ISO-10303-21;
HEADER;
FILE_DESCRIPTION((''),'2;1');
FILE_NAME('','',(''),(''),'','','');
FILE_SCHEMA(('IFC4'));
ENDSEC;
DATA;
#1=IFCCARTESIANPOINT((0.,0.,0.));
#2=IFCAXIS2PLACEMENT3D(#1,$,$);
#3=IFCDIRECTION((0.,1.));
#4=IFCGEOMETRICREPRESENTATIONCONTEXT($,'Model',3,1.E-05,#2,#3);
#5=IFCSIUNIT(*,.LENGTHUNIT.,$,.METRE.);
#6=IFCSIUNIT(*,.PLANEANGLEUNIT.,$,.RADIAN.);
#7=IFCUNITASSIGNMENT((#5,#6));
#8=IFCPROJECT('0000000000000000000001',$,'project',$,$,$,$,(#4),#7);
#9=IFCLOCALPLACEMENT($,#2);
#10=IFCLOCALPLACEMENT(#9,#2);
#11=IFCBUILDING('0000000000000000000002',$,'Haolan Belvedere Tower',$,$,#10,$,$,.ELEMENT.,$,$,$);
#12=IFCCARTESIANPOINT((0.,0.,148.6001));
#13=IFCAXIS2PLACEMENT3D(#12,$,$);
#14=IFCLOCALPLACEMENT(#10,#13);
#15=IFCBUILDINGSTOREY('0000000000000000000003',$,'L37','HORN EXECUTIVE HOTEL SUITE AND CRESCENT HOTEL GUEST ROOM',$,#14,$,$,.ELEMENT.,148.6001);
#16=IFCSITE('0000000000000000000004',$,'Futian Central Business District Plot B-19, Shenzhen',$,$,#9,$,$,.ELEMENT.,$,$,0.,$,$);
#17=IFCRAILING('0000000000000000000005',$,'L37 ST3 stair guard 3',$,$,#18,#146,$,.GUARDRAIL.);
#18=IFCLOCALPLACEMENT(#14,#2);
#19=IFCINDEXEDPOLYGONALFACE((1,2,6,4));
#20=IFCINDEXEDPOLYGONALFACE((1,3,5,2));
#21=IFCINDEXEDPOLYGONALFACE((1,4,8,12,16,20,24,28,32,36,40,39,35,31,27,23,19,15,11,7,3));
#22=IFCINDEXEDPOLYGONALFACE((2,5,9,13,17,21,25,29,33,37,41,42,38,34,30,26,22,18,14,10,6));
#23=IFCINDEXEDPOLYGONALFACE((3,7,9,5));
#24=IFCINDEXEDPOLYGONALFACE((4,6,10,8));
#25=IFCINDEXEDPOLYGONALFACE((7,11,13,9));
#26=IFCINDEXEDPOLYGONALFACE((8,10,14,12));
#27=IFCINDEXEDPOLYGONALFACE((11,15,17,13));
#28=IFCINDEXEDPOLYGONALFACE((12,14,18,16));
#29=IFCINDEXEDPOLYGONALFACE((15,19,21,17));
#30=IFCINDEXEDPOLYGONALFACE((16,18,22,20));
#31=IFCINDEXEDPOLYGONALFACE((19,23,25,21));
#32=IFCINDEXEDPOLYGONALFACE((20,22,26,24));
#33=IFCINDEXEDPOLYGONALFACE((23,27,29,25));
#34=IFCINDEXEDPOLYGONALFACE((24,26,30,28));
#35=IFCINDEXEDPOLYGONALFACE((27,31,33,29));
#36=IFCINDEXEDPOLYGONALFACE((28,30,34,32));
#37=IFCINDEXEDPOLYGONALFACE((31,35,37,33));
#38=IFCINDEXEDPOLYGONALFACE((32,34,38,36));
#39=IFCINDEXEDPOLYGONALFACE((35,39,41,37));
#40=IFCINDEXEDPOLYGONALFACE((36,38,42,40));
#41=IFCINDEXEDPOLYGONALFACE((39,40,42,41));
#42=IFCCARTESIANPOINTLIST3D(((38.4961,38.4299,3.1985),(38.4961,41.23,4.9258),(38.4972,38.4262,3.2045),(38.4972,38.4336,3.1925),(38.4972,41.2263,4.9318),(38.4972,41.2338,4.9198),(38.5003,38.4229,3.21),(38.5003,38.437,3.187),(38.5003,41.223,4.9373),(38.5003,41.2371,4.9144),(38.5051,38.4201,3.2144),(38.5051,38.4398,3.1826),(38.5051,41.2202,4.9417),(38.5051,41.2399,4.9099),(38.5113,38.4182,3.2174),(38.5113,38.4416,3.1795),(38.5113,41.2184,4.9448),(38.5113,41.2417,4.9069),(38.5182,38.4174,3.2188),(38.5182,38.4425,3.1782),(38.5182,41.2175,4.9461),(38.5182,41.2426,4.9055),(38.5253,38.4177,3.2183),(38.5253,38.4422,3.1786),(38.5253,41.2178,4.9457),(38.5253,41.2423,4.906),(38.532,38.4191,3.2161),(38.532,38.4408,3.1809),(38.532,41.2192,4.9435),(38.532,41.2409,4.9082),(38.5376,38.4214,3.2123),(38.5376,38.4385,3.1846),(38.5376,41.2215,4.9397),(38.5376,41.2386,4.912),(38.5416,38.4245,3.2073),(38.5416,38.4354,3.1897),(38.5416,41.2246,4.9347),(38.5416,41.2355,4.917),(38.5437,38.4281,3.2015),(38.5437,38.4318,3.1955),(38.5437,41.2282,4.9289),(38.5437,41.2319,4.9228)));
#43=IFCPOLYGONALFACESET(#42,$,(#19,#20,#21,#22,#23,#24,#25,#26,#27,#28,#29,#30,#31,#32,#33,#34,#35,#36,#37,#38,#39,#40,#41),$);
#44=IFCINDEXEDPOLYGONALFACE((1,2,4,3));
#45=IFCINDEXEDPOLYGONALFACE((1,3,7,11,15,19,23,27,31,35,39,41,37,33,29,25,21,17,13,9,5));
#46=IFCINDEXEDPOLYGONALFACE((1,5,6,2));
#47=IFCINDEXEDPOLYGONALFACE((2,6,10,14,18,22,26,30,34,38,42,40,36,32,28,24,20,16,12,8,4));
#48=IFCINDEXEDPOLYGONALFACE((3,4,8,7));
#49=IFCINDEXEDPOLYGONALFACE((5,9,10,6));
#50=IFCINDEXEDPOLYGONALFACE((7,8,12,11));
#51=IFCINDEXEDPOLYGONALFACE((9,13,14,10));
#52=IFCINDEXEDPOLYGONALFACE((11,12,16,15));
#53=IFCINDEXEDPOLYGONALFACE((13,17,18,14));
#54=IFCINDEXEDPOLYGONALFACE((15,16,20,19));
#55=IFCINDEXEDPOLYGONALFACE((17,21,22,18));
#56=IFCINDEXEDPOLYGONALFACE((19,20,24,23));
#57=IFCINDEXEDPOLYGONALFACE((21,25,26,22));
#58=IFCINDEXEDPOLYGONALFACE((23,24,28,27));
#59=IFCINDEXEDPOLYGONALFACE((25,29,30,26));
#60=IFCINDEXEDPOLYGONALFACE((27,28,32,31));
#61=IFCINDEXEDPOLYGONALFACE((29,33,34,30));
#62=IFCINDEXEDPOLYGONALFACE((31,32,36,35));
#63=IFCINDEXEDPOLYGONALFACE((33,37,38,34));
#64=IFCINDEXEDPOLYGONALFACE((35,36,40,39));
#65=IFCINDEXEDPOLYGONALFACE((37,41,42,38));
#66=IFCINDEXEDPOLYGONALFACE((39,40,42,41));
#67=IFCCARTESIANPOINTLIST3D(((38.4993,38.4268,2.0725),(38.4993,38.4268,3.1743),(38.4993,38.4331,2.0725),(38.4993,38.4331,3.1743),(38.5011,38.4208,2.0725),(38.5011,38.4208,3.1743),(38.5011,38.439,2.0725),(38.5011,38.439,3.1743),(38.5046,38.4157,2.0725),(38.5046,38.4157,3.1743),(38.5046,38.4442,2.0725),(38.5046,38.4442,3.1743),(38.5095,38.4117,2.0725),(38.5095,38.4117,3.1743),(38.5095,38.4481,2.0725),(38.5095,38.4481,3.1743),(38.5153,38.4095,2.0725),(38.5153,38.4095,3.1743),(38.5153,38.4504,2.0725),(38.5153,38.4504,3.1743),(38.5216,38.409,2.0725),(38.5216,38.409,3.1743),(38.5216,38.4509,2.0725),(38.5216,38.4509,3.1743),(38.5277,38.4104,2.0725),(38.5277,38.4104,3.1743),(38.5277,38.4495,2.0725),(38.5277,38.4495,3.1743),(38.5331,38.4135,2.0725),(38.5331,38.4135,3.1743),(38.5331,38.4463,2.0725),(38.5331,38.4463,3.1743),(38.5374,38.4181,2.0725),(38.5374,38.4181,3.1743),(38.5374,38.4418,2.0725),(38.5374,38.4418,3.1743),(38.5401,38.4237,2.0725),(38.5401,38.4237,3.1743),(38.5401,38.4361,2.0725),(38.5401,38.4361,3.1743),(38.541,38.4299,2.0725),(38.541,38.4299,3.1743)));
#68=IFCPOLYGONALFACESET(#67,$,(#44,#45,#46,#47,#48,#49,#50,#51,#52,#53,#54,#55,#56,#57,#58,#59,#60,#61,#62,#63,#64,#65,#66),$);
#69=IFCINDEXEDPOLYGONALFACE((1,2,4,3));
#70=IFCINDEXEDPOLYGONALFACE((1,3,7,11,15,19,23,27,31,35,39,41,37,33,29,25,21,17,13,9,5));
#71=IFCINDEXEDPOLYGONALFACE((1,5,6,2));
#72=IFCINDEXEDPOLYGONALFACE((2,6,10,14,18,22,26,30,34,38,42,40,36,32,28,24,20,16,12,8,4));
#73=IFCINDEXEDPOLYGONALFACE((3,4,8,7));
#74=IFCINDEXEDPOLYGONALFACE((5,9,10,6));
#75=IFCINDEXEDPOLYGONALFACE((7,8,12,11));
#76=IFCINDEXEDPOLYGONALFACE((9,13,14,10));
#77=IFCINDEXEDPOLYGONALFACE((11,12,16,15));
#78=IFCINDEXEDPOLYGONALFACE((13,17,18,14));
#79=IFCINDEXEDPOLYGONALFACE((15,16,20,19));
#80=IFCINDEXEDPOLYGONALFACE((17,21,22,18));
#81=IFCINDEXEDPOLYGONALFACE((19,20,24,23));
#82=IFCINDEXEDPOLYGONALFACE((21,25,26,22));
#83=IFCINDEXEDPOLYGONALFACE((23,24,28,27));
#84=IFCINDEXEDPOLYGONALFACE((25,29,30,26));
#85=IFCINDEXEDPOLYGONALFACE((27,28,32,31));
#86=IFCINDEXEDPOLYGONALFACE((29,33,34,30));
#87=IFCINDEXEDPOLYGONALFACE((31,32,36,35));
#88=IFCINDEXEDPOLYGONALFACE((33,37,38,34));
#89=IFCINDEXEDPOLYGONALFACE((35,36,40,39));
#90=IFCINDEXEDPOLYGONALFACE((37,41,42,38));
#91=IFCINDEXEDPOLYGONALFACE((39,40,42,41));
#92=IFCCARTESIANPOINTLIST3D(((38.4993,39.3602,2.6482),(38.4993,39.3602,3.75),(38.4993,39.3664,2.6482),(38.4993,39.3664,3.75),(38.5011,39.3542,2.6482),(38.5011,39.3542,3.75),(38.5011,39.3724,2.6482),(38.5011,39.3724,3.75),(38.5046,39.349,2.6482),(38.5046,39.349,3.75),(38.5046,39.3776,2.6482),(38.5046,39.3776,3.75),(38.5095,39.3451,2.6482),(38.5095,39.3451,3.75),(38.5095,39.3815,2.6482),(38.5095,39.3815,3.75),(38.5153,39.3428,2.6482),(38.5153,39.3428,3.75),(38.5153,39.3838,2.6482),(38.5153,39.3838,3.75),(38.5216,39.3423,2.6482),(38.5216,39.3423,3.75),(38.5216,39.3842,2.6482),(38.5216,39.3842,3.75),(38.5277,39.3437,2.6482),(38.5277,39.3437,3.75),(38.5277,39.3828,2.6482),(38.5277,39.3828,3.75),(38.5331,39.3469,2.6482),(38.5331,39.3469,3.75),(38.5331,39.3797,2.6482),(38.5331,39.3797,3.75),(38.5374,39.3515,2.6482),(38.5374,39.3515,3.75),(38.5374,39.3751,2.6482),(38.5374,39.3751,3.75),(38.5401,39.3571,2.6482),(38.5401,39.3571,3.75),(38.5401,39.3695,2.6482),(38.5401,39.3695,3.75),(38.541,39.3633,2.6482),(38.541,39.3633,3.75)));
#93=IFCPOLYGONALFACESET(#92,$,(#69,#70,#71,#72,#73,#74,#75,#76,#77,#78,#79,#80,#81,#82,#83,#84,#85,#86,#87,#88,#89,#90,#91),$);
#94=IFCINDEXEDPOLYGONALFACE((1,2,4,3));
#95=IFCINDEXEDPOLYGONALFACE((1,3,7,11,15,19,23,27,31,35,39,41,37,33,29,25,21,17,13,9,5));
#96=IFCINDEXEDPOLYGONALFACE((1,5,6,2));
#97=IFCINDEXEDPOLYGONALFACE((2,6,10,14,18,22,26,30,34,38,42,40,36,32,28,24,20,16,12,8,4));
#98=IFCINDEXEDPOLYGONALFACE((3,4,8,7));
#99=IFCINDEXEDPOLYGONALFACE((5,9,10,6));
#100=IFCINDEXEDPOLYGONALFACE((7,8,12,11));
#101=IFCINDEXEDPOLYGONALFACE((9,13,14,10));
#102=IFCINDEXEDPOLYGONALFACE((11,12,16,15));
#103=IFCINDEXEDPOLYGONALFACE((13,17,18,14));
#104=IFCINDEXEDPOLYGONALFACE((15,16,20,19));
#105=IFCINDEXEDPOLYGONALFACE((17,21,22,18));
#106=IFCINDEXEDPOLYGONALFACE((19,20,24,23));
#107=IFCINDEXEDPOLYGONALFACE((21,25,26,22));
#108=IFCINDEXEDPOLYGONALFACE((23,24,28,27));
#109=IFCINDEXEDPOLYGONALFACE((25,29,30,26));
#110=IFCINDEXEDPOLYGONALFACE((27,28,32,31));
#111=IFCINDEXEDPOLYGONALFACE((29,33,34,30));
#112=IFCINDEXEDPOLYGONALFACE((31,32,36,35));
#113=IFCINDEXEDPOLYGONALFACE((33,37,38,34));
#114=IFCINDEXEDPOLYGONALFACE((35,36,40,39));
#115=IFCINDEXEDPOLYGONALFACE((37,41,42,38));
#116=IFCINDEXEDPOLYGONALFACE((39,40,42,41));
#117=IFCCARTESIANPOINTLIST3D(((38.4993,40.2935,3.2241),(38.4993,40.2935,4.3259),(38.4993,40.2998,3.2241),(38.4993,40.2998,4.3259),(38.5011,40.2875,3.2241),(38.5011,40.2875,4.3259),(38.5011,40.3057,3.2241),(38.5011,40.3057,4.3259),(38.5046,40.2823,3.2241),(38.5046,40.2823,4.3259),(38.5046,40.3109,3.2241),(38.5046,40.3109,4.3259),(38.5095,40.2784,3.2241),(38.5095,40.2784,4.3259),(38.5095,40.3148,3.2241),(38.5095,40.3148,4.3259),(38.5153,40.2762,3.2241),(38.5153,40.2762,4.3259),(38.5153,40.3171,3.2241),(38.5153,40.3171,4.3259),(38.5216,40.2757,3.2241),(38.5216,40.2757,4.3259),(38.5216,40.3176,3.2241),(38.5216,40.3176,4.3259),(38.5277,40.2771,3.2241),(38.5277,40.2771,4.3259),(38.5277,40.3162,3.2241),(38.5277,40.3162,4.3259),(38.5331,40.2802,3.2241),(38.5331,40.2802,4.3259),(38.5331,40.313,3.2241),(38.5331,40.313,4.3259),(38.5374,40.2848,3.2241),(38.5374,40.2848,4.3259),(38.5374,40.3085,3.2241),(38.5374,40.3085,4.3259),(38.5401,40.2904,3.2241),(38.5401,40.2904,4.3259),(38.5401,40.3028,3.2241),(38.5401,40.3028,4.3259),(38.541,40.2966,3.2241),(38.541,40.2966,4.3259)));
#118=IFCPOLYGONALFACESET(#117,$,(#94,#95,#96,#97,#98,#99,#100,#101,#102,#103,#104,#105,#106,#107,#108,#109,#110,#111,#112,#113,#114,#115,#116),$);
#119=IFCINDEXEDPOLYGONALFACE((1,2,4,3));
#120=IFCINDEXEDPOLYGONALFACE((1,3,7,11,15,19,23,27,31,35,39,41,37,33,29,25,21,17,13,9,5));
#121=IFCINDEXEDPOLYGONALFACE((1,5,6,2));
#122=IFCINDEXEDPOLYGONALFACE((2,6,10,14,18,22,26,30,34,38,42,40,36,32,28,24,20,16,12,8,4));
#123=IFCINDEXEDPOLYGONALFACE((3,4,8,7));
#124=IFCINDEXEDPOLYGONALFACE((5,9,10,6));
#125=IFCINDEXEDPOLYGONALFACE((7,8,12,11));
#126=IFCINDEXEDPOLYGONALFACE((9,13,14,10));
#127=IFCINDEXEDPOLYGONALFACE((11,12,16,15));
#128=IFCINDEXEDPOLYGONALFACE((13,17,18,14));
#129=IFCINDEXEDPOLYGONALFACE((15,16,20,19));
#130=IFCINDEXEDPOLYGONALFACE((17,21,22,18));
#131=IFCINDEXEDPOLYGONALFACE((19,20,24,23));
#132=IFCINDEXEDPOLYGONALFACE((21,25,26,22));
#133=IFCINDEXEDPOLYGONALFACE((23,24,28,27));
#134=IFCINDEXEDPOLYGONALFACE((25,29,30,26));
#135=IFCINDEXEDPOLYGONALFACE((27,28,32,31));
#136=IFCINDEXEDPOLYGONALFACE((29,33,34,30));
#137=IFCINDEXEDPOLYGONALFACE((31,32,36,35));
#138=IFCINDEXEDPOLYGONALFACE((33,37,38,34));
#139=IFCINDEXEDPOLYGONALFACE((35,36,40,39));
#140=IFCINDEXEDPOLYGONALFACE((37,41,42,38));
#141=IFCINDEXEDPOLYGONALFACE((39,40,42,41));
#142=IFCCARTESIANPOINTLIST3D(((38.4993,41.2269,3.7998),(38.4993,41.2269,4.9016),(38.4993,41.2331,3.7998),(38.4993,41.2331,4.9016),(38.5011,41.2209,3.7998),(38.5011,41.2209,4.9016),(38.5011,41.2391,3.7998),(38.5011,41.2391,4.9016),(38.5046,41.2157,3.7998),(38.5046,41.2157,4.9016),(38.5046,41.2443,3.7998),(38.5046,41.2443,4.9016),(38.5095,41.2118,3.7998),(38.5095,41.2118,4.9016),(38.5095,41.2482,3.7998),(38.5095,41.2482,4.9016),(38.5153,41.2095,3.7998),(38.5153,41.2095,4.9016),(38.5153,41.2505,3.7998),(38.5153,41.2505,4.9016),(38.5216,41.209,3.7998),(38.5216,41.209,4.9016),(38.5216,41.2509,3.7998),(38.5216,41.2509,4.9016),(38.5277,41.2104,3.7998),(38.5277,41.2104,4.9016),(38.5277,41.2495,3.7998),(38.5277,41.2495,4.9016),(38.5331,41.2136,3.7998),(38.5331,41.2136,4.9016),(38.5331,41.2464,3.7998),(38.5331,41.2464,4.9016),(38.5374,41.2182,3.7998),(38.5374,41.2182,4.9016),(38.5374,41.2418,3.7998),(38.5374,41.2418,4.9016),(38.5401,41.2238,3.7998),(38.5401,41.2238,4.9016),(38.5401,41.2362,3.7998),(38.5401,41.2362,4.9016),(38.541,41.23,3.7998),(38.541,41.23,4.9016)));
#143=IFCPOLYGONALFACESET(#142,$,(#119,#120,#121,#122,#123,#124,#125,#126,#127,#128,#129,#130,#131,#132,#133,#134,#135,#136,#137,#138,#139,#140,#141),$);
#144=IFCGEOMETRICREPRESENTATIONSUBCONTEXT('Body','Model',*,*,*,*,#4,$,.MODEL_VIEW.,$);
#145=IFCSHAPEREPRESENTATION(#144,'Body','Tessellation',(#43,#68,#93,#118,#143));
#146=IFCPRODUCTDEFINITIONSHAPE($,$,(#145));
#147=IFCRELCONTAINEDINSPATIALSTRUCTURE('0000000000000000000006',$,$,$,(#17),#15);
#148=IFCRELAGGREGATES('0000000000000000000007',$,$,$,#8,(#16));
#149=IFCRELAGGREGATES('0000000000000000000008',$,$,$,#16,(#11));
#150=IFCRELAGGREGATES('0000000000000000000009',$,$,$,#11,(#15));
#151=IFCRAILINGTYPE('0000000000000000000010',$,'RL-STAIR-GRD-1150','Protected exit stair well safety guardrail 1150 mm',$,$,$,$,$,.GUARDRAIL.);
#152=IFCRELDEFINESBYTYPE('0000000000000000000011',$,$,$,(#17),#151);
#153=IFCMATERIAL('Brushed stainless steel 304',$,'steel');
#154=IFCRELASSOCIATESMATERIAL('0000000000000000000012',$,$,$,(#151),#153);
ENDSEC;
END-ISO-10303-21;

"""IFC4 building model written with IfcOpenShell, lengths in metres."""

from ifc_helpers import new_model, si_unit, direction, frame, origin, origin_2d, place, context, subcontext, project, spatial, circle, extrude, material, type_object, element, save


model = new_model("IFC4")

# Units and contexts
model_context = context("Model", 3, precision=1e-05, world=origin(), true_north=direction((0.0, 1.0)))
body_context = subcontext(model_context, "Body", "Model", "MODEL_VIEW")
ifc_project = project(units=[si_unit("LENGTHUNIT", "METRE"), si_unit("PLANEANGLEUNIT", "RADIAN")], contexts=[model_context])

# Site, building, storey
site_placement = place(None, origin())
site = spatial("IfcSite", under=ifc_project, at=site_placement, Name="Futian Central Business District Plot B-19, Shenzhen", CompositionType="ELEMENT", RefElevation=0.0)
building_placement = place(site_placement, origin())
building = spatial("IfcBuilding", under=site, at=building_placement, Name="Haolan Belvedere Tower", CompositionType="ELEMENT")
storey_placement = place(building_placement, frame((0.0, 0.0, 148.6001)))
storey = spatial("IfcBuildingStorey", under=building, at=storey_placement, Name="L37", Description="HORN EXECUTIVE HOTEL SUITE AND CRESCENT HOTEL GUEST ROOM", CompositionType="ELEMENT", Elevation=148.6001)

# Railing
ifc_material_1 = material(Name="Brushed stainless steel 304", Category="steel")
railing_type_1 = type_object("IfcRailingType", Name="RL-STAIR-GRD-1150", Description="Protected exit stair well safety guardrail 1150 mm", PredefinedType="GUARDRAIL", material=ifc_material_1)
railing_1_placement = place(storey_placement, frame((38.52, 38.4299, 2.0725)))
element("IfcRailing", 1, at=railing_1_placement, inside=storey, type_object=railing_type_1, Name="L37 ST3 stair guard 3", PredefinedType="GUARDRAIL", context=body_context, shape_type="SweptSolid", body=[
    extrude(circle(Radius=0.0239, at=origin_2d()), frame((0.0, 0.0, 1.126), z_axis=(0.0, 0.85109, 0.52502), x_axis=(-1.0, 0.0, 0.0)), (0.0, 0.0, 1.0), 3.29),
    extrude(circle(Radius=0.021, at=origin_2d()), origin(), (0.0, 0.0, 1.0), 1.1018),
    extrude(circle(Radius=0.021, at=origin_2d()), frame((0.0, 0.9333, 0.5757)), (0.0, 0.0, 1.0), 1.1018),
    extrude(circle(Radius=0.021, at=origin_2d()), frame((0.0, 1.8667, 1.1516)), (0.0, 0.0, 1.0), 1.1018),
    extrude(circle(Radius=0.021, at=origin_2d()), frame((0.0, 2.8, 1.7273)), (0.0, 0.0, 1.0), 1.1018),
])

save(model, "model.ifc")
